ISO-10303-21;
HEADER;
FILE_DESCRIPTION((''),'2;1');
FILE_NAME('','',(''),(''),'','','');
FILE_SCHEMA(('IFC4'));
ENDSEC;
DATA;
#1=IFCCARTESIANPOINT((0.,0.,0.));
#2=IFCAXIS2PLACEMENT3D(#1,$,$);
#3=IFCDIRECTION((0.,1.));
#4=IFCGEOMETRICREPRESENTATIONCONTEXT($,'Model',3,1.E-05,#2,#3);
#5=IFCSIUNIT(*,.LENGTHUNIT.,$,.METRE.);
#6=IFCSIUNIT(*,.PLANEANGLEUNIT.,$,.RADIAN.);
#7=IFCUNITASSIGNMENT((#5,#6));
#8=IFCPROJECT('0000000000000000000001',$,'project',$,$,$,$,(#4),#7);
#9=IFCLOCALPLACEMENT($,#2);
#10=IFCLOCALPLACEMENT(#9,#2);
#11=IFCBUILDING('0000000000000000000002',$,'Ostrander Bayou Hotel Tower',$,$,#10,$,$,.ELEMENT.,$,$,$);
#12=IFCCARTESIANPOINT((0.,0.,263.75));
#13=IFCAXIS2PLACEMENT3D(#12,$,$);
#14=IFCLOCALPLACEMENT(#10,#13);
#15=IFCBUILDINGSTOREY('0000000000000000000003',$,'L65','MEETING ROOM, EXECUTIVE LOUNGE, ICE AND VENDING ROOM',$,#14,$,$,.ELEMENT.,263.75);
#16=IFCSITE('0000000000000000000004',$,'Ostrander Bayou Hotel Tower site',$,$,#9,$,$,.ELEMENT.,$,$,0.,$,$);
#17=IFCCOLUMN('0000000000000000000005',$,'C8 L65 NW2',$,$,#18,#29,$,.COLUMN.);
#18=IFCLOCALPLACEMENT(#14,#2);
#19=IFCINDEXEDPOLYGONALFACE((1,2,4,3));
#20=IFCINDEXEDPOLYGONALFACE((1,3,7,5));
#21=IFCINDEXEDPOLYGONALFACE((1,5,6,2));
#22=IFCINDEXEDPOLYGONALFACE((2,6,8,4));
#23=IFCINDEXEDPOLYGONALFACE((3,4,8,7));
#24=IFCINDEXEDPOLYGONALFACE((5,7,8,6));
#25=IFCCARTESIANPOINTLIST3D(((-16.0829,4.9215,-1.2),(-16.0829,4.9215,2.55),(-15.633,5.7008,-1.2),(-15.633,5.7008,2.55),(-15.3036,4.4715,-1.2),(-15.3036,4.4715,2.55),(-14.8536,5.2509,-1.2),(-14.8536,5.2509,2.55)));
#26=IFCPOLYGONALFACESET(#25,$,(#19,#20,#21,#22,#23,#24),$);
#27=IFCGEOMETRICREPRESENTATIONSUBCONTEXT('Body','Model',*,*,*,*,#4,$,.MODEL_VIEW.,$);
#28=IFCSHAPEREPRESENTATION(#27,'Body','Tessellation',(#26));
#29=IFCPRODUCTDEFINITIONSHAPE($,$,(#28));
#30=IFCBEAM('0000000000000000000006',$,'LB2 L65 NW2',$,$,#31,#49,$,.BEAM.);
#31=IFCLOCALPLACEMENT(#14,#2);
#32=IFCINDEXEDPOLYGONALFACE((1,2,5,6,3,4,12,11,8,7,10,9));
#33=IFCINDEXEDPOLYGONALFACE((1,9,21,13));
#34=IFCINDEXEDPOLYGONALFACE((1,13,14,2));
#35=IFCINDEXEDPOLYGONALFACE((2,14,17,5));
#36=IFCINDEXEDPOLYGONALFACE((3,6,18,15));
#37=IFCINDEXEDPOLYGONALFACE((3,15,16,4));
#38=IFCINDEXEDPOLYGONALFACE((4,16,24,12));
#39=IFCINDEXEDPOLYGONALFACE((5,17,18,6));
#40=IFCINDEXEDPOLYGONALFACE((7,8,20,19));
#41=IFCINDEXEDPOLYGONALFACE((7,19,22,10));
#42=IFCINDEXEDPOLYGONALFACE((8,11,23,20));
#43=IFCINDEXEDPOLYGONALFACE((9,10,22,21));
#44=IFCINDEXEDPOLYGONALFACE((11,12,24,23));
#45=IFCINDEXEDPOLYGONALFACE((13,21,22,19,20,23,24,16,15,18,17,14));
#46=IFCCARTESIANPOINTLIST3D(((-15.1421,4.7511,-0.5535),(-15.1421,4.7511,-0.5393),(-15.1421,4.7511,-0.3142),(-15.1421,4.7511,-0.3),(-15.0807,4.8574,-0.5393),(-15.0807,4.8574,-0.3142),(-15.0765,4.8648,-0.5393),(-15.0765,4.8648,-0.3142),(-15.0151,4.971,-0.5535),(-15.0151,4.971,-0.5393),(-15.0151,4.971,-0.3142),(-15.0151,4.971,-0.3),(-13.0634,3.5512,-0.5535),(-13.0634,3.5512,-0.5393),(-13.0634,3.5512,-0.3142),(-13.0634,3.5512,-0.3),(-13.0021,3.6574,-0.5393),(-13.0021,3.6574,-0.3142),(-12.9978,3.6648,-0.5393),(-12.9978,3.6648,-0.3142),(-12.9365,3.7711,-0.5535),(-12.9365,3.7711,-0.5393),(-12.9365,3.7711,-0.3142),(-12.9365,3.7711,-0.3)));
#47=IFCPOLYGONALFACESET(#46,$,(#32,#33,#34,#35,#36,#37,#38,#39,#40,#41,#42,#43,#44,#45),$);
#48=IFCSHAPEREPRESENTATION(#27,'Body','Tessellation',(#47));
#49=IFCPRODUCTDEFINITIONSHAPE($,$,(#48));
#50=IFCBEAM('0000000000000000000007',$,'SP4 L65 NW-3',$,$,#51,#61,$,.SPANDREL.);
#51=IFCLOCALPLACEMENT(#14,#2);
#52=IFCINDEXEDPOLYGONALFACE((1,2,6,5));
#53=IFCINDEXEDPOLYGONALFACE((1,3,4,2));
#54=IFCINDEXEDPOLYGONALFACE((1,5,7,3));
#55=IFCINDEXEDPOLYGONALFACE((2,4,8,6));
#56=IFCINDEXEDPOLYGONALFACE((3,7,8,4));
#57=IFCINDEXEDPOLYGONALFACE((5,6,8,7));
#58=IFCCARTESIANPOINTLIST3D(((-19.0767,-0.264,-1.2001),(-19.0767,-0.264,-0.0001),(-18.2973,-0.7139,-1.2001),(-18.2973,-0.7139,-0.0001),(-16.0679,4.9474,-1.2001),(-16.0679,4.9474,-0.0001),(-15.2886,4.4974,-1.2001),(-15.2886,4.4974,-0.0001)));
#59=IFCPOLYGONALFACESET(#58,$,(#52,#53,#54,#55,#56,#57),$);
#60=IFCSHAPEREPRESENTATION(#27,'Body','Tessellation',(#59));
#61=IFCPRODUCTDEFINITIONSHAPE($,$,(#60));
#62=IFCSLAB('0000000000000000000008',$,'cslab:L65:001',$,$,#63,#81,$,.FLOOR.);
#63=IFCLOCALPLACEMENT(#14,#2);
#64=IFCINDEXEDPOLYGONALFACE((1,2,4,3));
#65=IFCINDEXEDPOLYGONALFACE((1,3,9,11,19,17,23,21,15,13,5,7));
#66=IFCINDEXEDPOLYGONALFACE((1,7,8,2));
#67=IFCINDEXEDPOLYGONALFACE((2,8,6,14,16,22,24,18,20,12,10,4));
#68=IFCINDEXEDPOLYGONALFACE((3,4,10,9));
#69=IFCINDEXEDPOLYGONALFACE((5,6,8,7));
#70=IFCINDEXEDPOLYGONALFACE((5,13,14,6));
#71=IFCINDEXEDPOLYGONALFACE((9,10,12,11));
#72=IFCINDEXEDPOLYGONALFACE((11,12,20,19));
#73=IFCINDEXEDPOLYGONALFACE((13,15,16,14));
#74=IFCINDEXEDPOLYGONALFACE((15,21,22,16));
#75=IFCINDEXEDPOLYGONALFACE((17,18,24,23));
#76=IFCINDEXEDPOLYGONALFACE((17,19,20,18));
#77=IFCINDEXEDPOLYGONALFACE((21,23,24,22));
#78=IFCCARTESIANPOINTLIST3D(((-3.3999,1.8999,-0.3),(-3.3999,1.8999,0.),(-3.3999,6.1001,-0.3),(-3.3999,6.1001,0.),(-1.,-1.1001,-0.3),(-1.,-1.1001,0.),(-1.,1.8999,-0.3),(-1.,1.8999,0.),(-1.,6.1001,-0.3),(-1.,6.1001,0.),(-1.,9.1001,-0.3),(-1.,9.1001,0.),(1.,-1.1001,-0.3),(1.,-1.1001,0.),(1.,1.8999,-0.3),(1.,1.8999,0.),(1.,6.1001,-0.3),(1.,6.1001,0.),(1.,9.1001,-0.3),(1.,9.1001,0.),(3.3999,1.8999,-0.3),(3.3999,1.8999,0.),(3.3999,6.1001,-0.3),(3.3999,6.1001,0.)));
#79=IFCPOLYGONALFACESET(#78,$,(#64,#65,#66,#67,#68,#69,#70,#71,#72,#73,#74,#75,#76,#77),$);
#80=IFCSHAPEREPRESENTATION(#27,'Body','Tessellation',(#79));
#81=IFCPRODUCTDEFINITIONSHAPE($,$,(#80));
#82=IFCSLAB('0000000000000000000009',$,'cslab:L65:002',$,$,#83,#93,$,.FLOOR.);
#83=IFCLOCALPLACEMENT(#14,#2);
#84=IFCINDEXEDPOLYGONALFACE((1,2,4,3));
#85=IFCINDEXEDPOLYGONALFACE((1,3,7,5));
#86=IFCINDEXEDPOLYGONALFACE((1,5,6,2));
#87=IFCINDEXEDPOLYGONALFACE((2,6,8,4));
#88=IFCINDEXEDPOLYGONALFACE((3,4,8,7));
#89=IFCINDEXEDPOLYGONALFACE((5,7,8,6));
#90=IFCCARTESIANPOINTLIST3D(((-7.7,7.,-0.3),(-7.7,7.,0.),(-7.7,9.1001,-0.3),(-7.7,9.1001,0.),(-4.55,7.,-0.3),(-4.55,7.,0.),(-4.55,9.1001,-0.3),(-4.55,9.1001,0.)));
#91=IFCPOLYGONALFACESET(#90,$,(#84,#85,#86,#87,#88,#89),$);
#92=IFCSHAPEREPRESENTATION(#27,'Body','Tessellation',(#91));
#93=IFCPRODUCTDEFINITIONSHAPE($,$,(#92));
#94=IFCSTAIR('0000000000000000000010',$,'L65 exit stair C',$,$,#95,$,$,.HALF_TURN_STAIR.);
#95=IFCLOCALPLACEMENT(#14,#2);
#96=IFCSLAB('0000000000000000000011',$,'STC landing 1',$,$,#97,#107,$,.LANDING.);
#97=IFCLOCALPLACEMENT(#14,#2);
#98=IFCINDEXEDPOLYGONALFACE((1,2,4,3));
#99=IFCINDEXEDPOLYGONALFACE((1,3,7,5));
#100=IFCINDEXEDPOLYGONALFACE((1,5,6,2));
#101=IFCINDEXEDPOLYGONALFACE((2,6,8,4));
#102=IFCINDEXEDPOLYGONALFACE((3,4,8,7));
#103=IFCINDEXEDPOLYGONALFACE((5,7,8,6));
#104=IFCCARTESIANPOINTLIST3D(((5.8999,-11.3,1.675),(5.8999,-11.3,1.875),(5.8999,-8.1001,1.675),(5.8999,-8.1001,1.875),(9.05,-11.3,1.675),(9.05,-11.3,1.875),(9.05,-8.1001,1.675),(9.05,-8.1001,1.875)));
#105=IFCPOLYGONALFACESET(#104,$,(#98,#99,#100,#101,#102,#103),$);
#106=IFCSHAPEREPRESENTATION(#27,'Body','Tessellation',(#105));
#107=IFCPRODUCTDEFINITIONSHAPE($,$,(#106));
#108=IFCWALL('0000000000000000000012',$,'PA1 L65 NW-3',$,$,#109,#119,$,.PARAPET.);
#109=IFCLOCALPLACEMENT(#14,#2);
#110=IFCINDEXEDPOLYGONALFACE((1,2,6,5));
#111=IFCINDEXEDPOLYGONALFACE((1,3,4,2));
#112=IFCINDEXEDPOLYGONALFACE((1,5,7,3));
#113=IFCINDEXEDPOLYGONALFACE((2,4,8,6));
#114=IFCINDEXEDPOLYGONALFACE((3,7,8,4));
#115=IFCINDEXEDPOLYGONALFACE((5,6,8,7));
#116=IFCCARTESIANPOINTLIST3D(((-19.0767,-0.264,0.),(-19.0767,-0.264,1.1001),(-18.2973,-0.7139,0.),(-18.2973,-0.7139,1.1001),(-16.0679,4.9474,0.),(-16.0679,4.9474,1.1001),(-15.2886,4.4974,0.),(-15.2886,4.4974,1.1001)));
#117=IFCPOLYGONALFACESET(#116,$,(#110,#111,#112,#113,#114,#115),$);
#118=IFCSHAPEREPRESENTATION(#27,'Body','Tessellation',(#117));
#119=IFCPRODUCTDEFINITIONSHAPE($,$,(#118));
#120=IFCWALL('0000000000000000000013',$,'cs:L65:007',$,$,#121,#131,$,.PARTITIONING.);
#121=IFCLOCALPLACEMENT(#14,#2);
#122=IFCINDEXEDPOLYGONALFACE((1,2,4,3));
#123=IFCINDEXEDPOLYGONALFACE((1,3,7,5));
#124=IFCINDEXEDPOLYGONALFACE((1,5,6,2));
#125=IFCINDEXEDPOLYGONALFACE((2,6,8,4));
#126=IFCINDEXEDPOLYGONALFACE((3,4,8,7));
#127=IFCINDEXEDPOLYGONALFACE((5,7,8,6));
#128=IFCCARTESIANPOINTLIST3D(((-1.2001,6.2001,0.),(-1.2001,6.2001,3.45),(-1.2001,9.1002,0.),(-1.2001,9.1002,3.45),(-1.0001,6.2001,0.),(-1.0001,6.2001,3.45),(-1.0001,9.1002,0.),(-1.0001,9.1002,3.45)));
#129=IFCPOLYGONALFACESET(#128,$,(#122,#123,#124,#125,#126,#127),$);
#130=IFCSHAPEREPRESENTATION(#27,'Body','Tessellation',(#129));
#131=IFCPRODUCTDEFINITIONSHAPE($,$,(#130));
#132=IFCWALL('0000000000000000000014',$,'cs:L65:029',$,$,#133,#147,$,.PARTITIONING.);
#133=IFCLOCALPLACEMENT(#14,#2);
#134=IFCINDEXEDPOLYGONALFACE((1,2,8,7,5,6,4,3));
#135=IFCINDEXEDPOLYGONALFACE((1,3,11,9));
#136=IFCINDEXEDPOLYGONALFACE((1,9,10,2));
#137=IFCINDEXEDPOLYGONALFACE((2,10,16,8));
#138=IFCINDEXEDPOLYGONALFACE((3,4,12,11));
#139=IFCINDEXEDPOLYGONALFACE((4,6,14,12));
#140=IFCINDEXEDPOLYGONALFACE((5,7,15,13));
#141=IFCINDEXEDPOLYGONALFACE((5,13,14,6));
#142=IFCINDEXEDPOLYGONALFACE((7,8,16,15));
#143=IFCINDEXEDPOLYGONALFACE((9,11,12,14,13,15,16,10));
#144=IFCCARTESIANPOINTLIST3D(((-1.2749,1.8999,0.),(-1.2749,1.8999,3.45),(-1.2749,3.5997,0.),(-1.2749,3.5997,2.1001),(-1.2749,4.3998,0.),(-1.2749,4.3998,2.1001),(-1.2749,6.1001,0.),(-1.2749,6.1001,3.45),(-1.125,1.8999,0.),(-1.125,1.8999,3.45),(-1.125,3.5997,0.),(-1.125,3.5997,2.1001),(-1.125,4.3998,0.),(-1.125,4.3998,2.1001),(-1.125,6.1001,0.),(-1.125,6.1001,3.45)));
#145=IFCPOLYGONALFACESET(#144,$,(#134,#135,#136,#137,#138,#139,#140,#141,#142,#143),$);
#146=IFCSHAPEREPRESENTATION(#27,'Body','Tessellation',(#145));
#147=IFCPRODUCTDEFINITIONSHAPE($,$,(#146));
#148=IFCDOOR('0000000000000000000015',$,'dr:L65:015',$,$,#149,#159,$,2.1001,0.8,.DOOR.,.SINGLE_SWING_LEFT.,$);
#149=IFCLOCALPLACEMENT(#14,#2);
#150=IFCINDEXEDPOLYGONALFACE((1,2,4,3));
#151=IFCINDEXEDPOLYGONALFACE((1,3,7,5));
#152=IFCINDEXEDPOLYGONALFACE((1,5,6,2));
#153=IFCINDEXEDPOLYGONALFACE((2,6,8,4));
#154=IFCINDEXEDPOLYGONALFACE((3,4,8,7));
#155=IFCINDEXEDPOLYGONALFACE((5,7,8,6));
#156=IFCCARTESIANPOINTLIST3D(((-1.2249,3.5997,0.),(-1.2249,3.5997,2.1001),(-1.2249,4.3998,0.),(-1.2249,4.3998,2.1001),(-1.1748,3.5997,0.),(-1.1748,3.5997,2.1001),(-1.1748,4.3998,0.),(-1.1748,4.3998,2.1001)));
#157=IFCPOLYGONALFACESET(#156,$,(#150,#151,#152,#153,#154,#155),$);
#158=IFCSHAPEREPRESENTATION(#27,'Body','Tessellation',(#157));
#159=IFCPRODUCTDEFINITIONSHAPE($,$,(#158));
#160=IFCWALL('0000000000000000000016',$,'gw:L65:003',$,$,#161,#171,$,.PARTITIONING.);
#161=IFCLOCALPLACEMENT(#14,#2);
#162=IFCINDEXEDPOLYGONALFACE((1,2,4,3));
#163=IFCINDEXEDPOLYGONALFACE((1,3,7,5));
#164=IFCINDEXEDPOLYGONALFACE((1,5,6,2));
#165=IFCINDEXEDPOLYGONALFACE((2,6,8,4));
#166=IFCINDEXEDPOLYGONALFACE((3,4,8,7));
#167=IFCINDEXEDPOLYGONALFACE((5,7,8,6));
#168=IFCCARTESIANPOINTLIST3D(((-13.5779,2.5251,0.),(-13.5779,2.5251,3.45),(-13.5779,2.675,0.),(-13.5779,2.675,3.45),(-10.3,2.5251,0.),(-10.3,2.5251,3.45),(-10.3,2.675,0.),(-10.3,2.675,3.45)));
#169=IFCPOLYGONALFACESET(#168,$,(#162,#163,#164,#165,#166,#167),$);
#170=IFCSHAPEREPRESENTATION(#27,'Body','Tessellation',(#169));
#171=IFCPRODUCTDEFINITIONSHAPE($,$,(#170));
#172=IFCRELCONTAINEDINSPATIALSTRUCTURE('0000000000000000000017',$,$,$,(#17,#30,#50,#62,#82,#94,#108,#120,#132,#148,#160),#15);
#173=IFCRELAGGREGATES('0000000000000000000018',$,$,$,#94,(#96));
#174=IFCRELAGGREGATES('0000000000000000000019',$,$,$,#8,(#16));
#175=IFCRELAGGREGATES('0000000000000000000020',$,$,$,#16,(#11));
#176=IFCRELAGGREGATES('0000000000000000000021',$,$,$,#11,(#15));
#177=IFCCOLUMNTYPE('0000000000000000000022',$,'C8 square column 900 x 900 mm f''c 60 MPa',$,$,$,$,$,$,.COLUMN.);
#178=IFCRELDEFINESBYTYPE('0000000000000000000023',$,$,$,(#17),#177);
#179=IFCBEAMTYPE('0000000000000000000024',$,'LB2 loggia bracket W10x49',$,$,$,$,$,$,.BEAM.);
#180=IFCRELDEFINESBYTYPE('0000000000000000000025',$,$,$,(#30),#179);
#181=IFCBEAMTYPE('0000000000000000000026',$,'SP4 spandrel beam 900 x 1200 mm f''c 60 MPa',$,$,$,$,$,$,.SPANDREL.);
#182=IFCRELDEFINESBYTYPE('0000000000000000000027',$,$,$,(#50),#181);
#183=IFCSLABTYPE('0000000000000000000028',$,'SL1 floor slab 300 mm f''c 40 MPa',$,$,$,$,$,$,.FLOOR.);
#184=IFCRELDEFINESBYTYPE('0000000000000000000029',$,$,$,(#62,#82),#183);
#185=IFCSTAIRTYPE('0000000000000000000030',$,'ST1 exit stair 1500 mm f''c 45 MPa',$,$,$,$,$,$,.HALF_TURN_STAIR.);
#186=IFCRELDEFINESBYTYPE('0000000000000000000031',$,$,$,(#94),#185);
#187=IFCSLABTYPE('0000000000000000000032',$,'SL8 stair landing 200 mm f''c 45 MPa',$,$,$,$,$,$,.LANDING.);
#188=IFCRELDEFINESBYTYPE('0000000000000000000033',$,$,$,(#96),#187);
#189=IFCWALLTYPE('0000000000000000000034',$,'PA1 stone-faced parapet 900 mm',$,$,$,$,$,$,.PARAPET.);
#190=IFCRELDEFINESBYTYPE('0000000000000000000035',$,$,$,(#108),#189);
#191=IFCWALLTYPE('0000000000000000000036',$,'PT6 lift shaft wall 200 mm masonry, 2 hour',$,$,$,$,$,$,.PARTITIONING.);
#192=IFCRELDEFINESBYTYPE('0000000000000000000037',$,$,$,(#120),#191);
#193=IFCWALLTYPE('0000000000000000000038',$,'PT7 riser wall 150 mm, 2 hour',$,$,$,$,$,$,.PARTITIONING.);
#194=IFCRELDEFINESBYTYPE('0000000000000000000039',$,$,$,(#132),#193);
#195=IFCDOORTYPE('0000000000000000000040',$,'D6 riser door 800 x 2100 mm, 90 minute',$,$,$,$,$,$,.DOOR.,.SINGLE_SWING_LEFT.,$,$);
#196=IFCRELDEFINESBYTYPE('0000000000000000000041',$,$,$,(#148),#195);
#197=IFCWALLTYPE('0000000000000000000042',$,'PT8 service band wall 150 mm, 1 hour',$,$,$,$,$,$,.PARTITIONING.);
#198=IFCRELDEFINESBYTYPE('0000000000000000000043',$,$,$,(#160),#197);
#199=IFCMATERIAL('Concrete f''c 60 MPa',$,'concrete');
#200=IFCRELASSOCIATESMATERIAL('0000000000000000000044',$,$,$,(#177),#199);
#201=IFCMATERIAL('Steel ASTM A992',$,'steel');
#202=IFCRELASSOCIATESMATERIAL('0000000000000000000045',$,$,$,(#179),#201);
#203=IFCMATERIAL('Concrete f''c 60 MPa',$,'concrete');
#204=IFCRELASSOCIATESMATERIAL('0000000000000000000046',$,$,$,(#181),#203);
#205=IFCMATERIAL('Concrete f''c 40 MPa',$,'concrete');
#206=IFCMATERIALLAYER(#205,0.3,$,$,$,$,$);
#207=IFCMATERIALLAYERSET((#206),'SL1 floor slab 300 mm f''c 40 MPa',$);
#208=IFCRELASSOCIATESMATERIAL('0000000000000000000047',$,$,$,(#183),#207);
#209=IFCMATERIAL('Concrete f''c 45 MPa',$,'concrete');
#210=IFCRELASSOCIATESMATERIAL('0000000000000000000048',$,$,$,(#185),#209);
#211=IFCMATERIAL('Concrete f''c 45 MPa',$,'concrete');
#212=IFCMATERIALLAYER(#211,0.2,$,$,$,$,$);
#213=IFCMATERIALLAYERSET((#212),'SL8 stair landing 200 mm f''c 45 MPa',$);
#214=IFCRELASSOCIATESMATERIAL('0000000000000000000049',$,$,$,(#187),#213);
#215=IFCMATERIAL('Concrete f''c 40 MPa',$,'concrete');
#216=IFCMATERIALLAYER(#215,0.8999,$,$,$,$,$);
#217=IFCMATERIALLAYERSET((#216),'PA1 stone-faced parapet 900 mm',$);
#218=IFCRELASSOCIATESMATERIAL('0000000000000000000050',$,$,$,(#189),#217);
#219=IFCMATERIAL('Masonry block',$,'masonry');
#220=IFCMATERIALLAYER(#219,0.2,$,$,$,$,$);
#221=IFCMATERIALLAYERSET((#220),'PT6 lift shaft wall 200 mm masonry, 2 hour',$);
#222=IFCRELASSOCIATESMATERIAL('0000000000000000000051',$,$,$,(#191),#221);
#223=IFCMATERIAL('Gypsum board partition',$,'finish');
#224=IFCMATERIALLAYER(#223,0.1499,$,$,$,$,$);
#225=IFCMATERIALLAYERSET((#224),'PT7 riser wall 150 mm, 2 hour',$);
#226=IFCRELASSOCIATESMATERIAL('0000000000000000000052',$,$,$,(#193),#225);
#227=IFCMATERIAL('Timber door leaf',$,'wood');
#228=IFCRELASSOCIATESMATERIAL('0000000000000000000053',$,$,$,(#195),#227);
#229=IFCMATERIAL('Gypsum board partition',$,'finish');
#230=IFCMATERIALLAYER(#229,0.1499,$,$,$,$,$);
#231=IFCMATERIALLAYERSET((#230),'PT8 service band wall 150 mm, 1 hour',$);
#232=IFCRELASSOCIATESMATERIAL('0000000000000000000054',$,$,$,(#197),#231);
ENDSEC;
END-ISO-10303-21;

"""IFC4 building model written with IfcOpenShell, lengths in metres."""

from ifc_helpers import new_model, si_unit, direction, frame, frame_2d, origin, origin_2d, place, context, subcontext, project, spatial, polyline, rectangle, i_section, outline, extrude, material, layer, layer_set, material_profile, profile_set, type_object, element, fill, aggregate, save


model = new_model("IFC4")

# Units and contexts
model_context = context("Model", 3, precision=1e-05, world=origin(), true_north=direction((0.0, 1.0)))
body_context = subcontext(model_context, "Body", "Model", "MODEL_VIEW")
ifc_project = project(units=[si_unit("LENGTHUNIT", "METRE"), si_unit("PLANEANGLEUNIT", "RADIAN")], contexts=[model_context])

# Site, building, storey
site_placement = place(None, origin())
site = spatial("IfcSite", under=ifc_project, at=site_placement, Name="Ostrander Bayou Hotel Tower site", CompositionType="ELEMENT", RefElevation=0.0)
building_placement = place(site_placement, origin())
building = spatial("IfcBuilding", under=site, at=building_placement, Name="Ostrander Bayou Hotel Tower", CompositionType="ELEMENT")
storey_placement = place(building_placement, frame((0.0, 0.0, 263.75)))
storey = spatial("IfcBuildingStorey", under=building, at=storey_placement, Name="L65", Description="MEETING ROOM, EXECUTIVE LOUNGE, ICE AND VENDING ROOM", CompositionType="ELEMENT", Elevation=263.75)

# Column
ifc_material_1 = material(Name="Concrete f'c 60 MPa", Category="concrete")
ifc_material_profile_1 = material_profile(ifc_material_1, rectangle(XDim=0.8999, YDim=0.8999, at=origin_2d()))
ifc_profile_set_1 = profile_set([ifc_material_profile_1], Name="Concrete f'c 60 MPa")
column_type = type_object("IfcColumnType", Name="C8 square column 900 x 900 mm f'c 60 MPa", PredefinedType="COLUMN", material=ifc_profile_set_1)
column_placement = place(storey_placement, frame((-15.4683, 5.0862, -1.2), z_axis=(0.0, 0.0, 1.0), x_axis=(0.5, 0.866025, 0.0)))
element("IfcColumn", 1, at=column_placement, inside=storey, type_object=column_type, Name="C8 L65 NW2", PredefinedType="COLUMN", context=body_context, shape_type="SweptSolid", body=[
    extrude(rectangle(XDim=0.8999, YDim=0.8999, at=origin_2d()), origin(), (0.0, 0.0, 1.0), 3.75),
])

# Beams
ifc_material_2 = material(Name="Steel ASTM A992", Category="steel")
ifc_material_profile_2 = material_profile(ifc_material_2, i_section(OverallWidth=0.2539, OverallDepth=0.2534, WebThickness=0.0085, FlangeThickness=0.0142, at=origin_2d()))
ifc_profile_set_2 = profile_set([ifc_material_profile_2], Name="Steel ASTM A992")
beam_type_1 = type_object("IfcBeamType", Name="LB2 loggia bracket W10x49", PredefinedType="BEAM", material=ifc_profile_set_2)
beam_1_placement = place(storey_placement, frame((-15.0786, 4.8611, -0.4268), z_axis=(0.86605, -0.499957, 0.0), x_axis=(0.499957, 0.86605, 0.0)))
element("IfcBeam", 2, at=beam_1_placement, inside=storey, type_object=beam_type_1, Name="LB2 L65 NW2", PredefinedType="BEAM", context=body_context, shape_type="SweptSolid", body=[
    extrude(i_section(OverallWidth=0.2539, OverallDepth=0.2534, WebThickness=0.0085, FlangeThickness=0.0142, at=origin_2d()), origin(), (0.0, 0.0, 1.0), 2.4001),
])
ifc_material_3 = material(Name="Concrete f'c 60 MPa", Category="concrete")
ifc_material_profile_3 = material_profile(ifc_material_3, rectangle(XDim=0.8999, YDim=1.2, at=origin_2d()))
ifc_profile_set_3 = profile_set([ifc_material_profile_3], Name="Concrete f'c 60 MPa")
beam_type_2 = type_object("IfcBeamType", Name="SP4 spandrel beam 900 x 1200 mm f'c 60 MPa", PredefinedType="SPANDREL", material=ifc_profile_set_3)
beam_2_placement = place(storey_placement, frame((-15.6782, 4.7224, -0.6001), z_axis=(-0.499996, -0.866027, 0.0), x_axis=(0.866027, -0.499996, 0.0)))
element("IfcBeam", 3, at=beam_2_placement, inside=storey, type_object=beam_type_2, Name="SP4 L65 NW-3", PredefinedType="SPANDREL", context=body_context, shape_type="SweptSolid", body=[
    extrude(rectangle(XDim=0.8999, YDim=1.2, at=origin_2d()), origin(), (0.0, 0.0, 1.0), 6.0176),
])

# Slabs
ifc_material_4 = material(Name="Concrete f'c 40 MPa", Category="concrete")
ifc_layer_1 = layer(ifc_material_4, 0.3)
ifc_layer_set_1 = layer_set([ifc_layer_1], Name="SL1 floor slab 300 mm f'c 40 MPa")
slab_type_1 = type_object("IfcSlabType", Name="SL1 floor slab 300 mm f'c 40 MPa", PredefinedType="FLOOR", material=ifc_layer_set_1)
slab_1_placement = place(storey_placement, frame((0.0, 0.0, -0.3)))
element("IfcSlab", 4, at=slab_1_placement, inside=storey, type_object=slab_type_1, Name="cslab:L65:001", PredefinedType="FLOOR", context=body_context, shape_type="SweptSolid", body=[
    extrude(outline(polyline([(-3.3999, 6.1001), (-1.0, 6.1001), (-1.0, 9.1001), (1.0, 9.1001), (1.0, 6.1001), (3.3999, 6.1001), (3.3999, 1.8999), (1.0, 1.8999), (1.0, -1.1001), (-1.0, -1.1001), (-1.0, 1.8999), (-3.3999, 1.8999), (-3.3999, 6.1001)])), origin(), (0.0, 0.0, 1.0), 0.3),
])
slab_2_placement = place(storey_placement, frame((0.0, 0.0, -0.3)))
element("IfcSlab", 5, at=slab_2_placement, inside=storey, type_object=slab_type_1, Name="cslab:L65:002", PredefinedType="FLOOR", context=body_context, shape_type="SweptSolid", body=[
    extrude(outline(polyline([(-4.55, 7.0), (-4.55, 9.1001), (-7.7, 9.1001), (-7.7, 7.0), (-4.55, 7.0)])), origin(), (0.0, 0.0, 1.0), 0.3),
])

# Stair, slab
ifc_material_5 = material(Name="Concrete f'c 45 MPa", Category="concrete")
stair_type = type_object("IfcStairType", Name="ST1 exit stair 1500 mm f'c 45 MPa", PredefinedType="HALF_TURN_STAIR", material=ifc_material_5)
stair_1_placement = place(storey_placement, origin())
stair_1 = element("IfcStair", 6, at=stair_1_placement, inside=storey, type_object=stair_type, Name="L65 exit stair C", PredefinedType="HALF_TURN_STAIR")
ifc_material_6 = material(Name="Concrete f'c 45 MPa", Category="concrete")
ifc_layer_2 = layer(ifc_material_6, 0.2)
ifc_layer_set_2 = layer_set([ifc_layer_2], Name="SL8 stair landing 200 mm f'c 45 MPa")
slab_type_2 = type_object("IfcSlabType", Name="SL8 stair landing 200 mm f'c 45 MPa", PredefinedType="LANDING", material=ifc_layer_set_2)
slab_3_placement = place(storey_placement, frame((0.0, 0.0, 1.675)))
slab_3 = element("IfcSlab", 7, at=slab_3_placement, type_object=slab_type_2, Name="STC landing 1", PredefinedType="LANDING", context=body_context, shape_type="SweptSolid", body=[
    extrude(outline(polyline([(5.8999, -8.1001), (5.8999, -11.3), (9.05, -11.3), (9.05, -8.1001), (5.8999, -8.1001)])), origin(), (0.0, 0.0, 1.0), 0.2),
])
aggregate(stair_1, [slab_3])

# Wall
ifc_material_7 = material(Name="Concrete f'c 40 MPa", Category="concrete")
ifc_layer_3 = layer(ifc_material_7, 0.8999)
ifc_layer_set_3 = layer_set([ifc_layer_3], Name="PA1 stone-faced parapet 900 mm")
wall_type_1 = type_object("IfcWallType", Name="PA1 stone-faced parapet 900 mm", PredefinedType="PARAPET", material=ifc_layer_set_3)
wall_1_placement = place(storey_placement, frame((-15.6782, 4.7224, 0.0), z_axis=(0.0, 0.0, 1.0), x_axis=(-0.499996, -0.866027, 0.0)))
element("IfcWall", 8, at=wall_1_placement, inside=storey, type_object=wall_type_1, Name="PA1 L65 NW-3", PredefinedType="PARAPET", context=body_context, shape_type="SweptSolid", body=[
    extrude(rectangle(XDim=6.0176, YDim=0.8999, at=frame_2d((3.0088, 0.0))), origin(), (0.0, 0.0, 1.0), 1.1001),
])

# Shared definitions
ifc_material_8 = material(Name="Masonry block", Category="masonry")
ifc_layer_4 = layer(ifc_material_8, 0.2)
ifc_layer_set_4 = layer_set([ifc_layer_4], Name="PT6 lift shaft wall 200 mm masonry, 2 hour")
wall_type_2 = type_object("IfcWallType", Name="PT6 lift shaft wall 200 mm masonry, 2 hour", PredefinedType="PARTITIONING", material=ifc_layer_set_4)

# Wall
wall_2_placement = place(storey_placement, frame((-1.1001, 6.2, 0.0), z_axis=(0.0, 0.0, 1.0), x_axis=(0.0, 1.0, 0.0)))
element("IfcWall", 9, at=wall_2_placement, inside=storey, type_object=wall_type_2, Name="cs:L65:007", PredefinedType="PARTITIONING", context=body_context, shape_type="SweptSolid", body=[
    extrude(rectangle(XDim=2.9001, YDim=0.2, at=frame_2d((1.4502, 0.0))), origin(), (0.0, 0.0, 1.0), 3.45),
])

# Wall, opening, door
ifc_material_9 = material(Name="Gypsum board partition", Category="finish")
ifc_layer_5 = layer(ifc_material_9, 0.1499)
ifc_layer_set_5 = layer_set([ifc_layer_5], Name="PT7 riser wall 150 mm, 2 hour")
wall_type_3 = type_object("IfcWallType", Name="PT7 riser wall 150 mm, 2 hour", PredefinedType="PARTITIONING", material=ifc_layer_set_5)
wall_3_placement = place(storey_placement, frame((-1.2, 1.8999, 0.0), z_axis=(0.0, 0.0, 1.0), x_axis=(0.0, 1.0, 0.0)))
wall_3 = element("IfcWall", 10, at=wall_3_placement, inside=storey, type_object=wall_type_3, Name="cs:L65:029", PredefinedType="PARTITIONING", context=body_context, shape_type="SweptSolid", body=[
    extrude(rectangle(XDim=4.2002, YDim=0.1499, at=frame_2d((2.1001, 0.0))), origin(), (0.0, 0.0, 1.0), 3.45),
])
opening_1_placement = place(wall_3_placement, frame((1.7, 0.0, 0.0)))
opening_1 = element("IfcOpeningElement", 11, at=opening_1_placement, cuts=wall_3, PredefinedType="OPENING", context=body_context, shape_type="SweptSolid", body=[
    extrude(rectangle(XDim=0.8, YDim=2.1001, at=frame_2d((0.3999, 1.05))), frame((0.0, 0.075, 0.0), z_axis=(0.0, -1.0, 0.0), x_axis=(1.0, 0.0, 0.0)), (0.0, 0.0, 1.0), 0.1499),
])
ifc_material_10 = material(Name="Timber door leaf", Category="wood")
door_type_1 = type_object("IfcDoorType", Name="D6 riser door 800 x 2100 mm, 90 minute", OperationType="SINGLE_SWING_LEFT", PredefinedType="DOOR", material=ifc_material_10)
door_1_placement = place(opening_1_placement, origin())
door_1 = element("IfcDoor", 12, at=door_1_placement, inside=storey, type_object=door_type_1, Name="dr:L65:015", OperationType="SINGLE_SWING_LEFT", OverallHeight=2.1001, OverallWidth=0.8, PredefinedType="DOOR", context=body_context, shape_type="SweptSolid", body=[
    extrude(rectangle(XDim=0.8, YDim=2.1001, at=frame_2d((0.3999, 1.05))), frame((0.0, 0.0249, 0.0), z_axis=(0.0, -1.0, 0.0), x_axis=(1.0, 0.0, 0.0)), (0.0, 0.0, 1.0), 0.05),
])
fill(opening_1, door_1)

# Wall
ifc_material_11 = material(Name="Gypsum board partition", Category="finish")
ifc_layer_6 = layer(ifc_material_11, 0.1499)
ifc_layer_set_6 = layer_set([ifc_layer_6], Name="PT8 service band wall 150 mm, 1 hour")
wall_type_4 = type_object("IfcWallType", Name="PT8 service band wall 150 mm, 1 hour", PredefinedType="PARTITIONING", material=ifc_layer_set_6)
wall_4_placement = place(storey_placement, frame((-13.5779, 2.6001, 0.0), z_axis=(0.0, 0.0, 1.0), x_axis=(1.0, 0.0, 0.0)))
element("IfcWall", 13, at=wall_4_placement, inside=storey, type_object=wall_type_4, Name="gw:L65:003", PredefinedType="PARTITIONING", context=body_context, shape_type="SweptSolid", body=[
    extrude(rectangle(XDim=3.2778, YDim=0.1499, at=frame_2d((1.6389, 0.0))), origin(), (0.0, 0.0, 1.0), 3.45),
])

save(model, "model.ifc")
